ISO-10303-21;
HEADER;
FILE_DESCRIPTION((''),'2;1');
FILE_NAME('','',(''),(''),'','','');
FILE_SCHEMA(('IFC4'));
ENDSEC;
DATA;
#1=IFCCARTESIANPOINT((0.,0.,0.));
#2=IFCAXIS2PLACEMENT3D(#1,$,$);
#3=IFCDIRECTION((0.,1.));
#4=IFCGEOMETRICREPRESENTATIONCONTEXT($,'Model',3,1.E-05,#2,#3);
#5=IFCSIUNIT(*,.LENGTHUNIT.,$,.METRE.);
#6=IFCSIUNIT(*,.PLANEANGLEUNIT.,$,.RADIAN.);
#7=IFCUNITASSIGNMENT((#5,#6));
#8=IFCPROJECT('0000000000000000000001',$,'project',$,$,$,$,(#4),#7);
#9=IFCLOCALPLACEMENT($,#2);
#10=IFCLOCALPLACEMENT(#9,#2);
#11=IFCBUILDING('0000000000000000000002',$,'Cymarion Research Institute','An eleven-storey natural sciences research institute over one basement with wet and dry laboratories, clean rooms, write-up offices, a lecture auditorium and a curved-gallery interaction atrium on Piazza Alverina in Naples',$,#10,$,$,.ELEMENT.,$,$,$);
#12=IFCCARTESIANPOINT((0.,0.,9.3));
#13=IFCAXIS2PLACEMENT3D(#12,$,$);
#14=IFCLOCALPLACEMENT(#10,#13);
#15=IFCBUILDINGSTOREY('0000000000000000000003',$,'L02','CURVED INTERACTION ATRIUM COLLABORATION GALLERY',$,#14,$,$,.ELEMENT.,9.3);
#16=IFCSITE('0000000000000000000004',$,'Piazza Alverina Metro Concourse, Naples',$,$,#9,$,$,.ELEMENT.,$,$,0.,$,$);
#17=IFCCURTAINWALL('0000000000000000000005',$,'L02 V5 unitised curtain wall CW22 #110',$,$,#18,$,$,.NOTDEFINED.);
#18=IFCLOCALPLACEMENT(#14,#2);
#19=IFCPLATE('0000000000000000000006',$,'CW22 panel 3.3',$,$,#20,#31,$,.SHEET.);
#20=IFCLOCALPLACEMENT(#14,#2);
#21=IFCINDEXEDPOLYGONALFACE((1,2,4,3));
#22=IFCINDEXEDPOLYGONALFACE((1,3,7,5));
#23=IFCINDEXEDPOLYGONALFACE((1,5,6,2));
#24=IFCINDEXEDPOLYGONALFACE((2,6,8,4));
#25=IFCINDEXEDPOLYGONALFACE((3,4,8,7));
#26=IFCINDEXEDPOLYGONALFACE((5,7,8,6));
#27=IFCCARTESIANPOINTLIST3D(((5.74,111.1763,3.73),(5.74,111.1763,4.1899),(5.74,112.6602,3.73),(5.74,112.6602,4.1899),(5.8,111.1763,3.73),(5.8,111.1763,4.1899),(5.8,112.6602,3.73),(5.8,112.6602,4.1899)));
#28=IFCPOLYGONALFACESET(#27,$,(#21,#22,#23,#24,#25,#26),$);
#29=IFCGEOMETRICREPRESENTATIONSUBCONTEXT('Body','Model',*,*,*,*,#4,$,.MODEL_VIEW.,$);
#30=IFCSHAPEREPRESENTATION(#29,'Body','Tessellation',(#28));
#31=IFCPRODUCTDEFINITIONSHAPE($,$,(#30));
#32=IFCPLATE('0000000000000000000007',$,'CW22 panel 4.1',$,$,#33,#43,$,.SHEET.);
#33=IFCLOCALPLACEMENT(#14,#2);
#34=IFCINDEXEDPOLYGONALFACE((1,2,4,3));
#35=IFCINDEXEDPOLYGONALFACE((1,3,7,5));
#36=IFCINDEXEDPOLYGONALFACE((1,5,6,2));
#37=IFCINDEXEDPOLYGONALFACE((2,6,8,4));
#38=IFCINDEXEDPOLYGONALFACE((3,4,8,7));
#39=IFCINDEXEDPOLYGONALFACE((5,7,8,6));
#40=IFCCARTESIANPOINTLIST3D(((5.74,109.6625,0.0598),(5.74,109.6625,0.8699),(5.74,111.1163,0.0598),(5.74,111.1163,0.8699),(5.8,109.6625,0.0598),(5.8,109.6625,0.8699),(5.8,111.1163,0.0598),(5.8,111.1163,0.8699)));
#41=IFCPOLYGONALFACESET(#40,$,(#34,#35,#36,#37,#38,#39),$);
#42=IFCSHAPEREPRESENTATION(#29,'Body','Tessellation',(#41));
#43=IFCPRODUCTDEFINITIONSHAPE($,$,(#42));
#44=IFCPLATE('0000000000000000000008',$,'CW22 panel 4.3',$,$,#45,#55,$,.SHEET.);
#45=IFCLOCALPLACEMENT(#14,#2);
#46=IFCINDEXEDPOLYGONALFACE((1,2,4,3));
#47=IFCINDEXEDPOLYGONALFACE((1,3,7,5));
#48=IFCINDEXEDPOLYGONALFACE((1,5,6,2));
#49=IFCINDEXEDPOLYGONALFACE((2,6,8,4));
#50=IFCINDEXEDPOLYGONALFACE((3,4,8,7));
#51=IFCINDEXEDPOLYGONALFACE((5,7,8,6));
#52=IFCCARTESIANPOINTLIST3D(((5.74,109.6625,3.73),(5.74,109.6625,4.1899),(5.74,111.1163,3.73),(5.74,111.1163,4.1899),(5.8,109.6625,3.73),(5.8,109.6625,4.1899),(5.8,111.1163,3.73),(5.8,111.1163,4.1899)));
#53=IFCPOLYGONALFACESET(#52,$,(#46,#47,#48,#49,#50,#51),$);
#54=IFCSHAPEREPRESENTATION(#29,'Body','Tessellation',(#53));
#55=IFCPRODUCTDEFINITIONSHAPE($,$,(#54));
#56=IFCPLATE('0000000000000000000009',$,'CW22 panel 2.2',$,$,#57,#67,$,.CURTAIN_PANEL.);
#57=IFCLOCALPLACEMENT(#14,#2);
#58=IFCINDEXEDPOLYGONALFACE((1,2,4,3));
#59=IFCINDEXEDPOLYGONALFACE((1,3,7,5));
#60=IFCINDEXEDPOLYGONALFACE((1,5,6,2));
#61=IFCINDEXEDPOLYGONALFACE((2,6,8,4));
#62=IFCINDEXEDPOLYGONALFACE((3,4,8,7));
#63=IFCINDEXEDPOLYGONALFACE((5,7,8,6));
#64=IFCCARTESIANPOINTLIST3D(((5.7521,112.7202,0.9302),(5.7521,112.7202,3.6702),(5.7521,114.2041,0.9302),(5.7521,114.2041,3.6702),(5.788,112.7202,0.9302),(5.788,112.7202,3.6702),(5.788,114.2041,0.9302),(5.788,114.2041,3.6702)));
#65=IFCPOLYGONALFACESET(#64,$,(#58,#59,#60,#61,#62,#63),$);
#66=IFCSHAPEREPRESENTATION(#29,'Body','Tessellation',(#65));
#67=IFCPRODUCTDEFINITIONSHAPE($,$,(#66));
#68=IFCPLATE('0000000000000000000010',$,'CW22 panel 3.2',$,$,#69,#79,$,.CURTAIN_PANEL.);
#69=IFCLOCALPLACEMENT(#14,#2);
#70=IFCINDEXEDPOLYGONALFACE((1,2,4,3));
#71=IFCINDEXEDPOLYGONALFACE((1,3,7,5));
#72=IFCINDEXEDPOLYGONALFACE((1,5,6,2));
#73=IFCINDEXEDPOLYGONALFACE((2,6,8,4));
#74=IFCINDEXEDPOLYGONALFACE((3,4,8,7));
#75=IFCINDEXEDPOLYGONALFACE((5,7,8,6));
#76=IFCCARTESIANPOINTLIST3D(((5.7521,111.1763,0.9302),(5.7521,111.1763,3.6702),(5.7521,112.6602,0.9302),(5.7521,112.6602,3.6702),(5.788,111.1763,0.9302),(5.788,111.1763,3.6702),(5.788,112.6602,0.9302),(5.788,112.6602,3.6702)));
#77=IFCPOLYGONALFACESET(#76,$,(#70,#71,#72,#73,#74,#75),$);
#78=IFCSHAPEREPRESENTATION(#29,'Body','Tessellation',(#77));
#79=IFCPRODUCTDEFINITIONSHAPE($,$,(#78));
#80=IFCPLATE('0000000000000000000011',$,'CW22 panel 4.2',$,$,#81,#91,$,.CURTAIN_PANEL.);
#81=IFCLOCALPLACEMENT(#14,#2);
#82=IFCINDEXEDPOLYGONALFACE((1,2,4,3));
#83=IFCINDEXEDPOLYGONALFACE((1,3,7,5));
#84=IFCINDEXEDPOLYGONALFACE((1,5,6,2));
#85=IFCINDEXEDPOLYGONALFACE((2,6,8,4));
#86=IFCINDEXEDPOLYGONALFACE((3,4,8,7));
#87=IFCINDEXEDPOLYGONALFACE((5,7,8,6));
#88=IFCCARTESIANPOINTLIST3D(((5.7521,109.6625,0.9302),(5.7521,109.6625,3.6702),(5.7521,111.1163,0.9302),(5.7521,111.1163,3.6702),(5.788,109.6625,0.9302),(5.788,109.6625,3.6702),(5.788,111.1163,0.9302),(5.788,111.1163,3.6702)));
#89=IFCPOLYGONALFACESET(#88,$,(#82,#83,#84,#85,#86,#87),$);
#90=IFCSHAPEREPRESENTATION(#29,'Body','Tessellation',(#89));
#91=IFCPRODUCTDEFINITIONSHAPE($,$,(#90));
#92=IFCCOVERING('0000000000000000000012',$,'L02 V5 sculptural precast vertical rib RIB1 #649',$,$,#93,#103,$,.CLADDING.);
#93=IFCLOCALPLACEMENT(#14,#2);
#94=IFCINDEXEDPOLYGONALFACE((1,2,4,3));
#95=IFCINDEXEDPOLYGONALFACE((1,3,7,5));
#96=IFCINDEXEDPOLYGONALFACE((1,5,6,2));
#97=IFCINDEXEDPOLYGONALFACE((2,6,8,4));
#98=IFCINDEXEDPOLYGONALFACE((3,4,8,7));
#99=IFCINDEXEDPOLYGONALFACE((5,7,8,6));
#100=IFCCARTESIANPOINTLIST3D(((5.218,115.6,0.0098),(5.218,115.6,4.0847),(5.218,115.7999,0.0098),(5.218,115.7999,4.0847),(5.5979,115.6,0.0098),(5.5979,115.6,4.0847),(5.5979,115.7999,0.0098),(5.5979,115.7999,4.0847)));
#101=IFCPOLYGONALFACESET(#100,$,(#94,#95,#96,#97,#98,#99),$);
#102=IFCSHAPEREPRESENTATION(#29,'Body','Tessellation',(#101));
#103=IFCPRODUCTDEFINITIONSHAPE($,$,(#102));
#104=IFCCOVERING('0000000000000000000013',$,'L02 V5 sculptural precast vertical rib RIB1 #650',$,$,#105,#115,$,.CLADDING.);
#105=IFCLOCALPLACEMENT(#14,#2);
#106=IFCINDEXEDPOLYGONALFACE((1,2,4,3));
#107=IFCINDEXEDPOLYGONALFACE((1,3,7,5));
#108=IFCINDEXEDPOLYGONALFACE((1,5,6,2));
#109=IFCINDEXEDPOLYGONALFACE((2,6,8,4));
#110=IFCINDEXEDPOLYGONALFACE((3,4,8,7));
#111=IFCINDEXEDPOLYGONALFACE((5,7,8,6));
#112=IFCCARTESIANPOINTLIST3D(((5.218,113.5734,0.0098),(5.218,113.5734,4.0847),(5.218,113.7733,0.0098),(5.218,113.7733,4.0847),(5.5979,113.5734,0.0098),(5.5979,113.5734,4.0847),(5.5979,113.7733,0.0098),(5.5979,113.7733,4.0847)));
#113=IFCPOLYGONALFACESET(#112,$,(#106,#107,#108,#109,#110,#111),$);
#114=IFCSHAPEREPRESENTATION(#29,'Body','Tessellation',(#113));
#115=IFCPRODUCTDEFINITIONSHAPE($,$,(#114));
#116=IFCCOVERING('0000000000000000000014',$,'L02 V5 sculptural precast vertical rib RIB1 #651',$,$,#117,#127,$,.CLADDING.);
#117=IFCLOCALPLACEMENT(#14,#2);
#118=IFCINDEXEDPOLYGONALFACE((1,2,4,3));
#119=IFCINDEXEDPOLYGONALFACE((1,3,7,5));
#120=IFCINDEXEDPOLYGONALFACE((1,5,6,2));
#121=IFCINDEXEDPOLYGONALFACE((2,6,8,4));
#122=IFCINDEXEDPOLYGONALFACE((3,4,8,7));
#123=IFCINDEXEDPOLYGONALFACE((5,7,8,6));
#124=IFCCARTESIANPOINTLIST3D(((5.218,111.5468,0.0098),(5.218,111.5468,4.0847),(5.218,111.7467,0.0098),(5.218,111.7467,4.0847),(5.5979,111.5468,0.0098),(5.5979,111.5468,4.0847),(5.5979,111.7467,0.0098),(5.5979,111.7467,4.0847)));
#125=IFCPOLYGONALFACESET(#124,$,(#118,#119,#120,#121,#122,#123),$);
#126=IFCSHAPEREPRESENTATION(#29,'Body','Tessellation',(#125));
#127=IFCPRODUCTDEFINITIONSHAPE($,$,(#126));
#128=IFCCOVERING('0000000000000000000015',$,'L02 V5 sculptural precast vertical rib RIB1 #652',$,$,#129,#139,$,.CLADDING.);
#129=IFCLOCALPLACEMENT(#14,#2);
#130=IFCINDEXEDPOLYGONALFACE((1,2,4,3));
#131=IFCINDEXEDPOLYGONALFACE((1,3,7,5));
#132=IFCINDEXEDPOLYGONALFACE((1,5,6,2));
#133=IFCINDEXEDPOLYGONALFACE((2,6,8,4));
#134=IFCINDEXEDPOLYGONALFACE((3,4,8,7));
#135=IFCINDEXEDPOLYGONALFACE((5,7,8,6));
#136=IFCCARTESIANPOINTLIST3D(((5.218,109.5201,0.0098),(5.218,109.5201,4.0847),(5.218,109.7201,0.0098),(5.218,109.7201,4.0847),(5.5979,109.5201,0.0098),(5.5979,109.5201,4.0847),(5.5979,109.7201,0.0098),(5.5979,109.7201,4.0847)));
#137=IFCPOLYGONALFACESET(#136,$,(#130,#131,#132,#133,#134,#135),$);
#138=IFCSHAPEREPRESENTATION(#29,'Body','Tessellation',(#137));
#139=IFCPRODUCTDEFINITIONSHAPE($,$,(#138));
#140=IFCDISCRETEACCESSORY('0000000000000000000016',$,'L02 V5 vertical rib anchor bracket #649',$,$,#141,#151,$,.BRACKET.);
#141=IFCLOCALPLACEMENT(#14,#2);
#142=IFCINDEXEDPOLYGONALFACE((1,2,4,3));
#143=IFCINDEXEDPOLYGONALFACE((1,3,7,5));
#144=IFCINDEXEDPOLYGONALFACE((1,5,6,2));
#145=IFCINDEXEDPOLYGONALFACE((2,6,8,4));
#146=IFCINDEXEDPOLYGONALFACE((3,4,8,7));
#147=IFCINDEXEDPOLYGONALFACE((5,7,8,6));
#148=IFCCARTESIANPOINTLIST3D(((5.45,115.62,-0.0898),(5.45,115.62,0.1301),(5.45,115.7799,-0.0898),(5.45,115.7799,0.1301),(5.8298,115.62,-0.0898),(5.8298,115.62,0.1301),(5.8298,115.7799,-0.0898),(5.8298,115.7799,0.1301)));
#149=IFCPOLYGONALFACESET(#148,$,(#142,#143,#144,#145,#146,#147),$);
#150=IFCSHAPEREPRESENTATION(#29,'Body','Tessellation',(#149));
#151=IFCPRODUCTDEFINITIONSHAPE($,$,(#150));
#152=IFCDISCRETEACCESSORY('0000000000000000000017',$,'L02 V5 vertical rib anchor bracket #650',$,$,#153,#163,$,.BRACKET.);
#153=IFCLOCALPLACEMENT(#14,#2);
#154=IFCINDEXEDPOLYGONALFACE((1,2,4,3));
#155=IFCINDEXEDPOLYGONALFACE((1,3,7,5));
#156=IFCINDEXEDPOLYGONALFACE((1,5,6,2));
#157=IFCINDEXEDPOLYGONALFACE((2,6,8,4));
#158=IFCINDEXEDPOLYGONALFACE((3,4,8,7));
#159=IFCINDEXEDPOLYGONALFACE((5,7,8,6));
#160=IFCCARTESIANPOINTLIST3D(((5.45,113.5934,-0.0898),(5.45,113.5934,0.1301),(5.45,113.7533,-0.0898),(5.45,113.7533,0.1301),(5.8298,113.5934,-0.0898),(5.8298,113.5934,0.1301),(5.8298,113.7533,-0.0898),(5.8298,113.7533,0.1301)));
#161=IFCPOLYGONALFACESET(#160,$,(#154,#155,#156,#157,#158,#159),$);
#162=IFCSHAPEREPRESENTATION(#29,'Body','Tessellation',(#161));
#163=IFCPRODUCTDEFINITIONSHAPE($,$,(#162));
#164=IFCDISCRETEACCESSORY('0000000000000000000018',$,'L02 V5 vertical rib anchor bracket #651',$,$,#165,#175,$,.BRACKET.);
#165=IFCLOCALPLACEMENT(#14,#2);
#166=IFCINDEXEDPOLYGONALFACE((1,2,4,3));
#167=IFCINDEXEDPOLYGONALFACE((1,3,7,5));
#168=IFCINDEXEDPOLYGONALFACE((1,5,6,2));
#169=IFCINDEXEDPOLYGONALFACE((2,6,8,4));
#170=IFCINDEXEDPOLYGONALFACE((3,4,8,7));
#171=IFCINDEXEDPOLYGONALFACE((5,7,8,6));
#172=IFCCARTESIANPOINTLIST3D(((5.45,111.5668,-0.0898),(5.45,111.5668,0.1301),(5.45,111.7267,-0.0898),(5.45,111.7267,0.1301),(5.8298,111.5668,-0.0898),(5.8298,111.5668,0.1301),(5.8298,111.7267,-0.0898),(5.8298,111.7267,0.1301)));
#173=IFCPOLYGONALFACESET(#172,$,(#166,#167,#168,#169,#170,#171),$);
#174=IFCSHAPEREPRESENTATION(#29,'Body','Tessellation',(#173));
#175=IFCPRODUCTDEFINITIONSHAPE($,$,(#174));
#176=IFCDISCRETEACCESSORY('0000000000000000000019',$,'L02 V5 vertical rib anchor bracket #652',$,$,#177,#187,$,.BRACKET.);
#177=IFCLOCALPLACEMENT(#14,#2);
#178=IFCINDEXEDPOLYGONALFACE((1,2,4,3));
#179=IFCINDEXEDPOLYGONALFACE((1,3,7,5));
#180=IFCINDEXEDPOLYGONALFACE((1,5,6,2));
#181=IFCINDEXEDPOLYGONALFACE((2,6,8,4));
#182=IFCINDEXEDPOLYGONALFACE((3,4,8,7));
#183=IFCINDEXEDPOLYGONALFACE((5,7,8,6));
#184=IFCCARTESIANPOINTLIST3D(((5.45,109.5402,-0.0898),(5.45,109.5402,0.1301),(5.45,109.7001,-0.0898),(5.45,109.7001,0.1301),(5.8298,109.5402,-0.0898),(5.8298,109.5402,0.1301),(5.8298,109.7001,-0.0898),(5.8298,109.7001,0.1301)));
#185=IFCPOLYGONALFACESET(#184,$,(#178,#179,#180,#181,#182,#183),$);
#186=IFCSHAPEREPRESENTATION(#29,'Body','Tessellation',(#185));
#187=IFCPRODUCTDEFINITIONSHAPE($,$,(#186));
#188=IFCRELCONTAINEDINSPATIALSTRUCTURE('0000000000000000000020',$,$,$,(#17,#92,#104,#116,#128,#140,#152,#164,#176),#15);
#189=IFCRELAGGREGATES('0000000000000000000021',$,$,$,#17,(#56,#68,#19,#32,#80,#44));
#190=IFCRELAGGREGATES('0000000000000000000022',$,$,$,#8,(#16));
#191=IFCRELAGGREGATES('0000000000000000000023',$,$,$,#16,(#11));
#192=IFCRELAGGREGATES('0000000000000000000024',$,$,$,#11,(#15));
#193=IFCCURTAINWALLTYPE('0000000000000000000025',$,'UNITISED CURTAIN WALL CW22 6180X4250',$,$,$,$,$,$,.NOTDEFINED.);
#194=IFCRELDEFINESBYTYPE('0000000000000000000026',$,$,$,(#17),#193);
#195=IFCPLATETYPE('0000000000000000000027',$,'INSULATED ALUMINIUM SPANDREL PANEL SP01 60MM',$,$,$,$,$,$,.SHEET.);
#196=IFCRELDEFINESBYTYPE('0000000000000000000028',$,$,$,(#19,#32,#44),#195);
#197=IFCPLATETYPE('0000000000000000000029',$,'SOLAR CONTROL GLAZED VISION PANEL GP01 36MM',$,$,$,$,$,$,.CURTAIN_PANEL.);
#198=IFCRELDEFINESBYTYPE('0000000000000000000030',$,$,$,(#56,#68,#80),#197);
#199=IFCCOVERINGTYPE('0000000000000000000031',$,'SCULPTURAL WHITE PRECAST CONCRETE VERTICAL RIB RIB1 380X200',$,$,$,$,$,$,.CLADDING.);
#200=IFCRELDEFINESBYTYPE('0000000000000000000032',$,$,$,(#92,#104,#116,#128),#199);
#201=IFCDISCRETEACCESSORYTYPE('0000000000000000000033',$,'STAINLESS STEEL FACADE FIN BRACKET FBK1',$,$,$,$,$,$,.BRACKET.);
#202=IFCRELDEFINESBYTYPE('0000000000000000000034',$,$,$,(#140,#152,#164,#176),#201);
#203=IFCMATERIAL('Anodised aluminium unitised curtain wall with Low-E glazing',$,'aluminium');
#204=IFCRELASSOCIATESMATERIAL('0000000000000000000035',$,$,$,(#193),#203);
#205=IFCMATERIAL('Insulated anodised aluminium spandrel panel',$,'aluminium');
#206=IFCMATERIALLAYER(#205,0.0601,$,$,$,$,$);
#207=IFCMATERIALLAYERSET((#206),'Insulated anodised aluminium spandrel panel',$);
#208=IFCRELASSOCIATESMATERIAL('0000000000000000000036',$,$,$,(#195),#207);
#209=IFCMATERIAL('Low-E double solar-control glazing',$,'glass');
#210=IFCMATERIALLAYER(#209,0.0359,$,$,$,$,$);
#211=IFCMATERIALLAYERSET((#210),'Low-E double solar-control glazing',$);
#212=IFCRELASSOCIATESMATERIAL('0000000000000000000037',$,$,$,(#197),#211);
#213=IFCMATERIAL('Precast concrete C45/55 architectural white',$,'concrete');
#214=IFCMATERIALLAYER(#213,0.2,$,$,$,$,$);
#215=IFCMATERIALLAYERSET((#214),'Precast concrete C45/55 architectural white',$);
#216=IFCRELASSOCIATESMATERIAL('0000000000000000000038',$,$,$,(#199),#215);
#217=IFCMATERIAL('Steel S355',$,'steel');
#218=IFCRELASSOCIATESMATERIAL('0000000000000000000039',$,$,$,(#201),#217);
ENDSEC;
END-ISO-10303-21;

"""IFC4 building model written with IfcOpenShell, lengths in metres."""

from ifc_helpers import new_model, si_unit, direction, frame, origin, origin_2d, place, context, subcontext, project, spatial, rectangle, extrude, material, layer, layer_set, type_object, element, aggregate, save


model = new_model("IFC4")

# Units and contexts
model_context = context("Model", 3, precision=1e-05, world=origin(), true_north=direction((0.0, 1.0)))
body_context = subcontext(model_context, "Body", "Model", "MODEL_VIEW")
ifc_project = project(units=[si_unit("LENGTHUNIT", "METRE"), si_unit("PLANEANGLEUNIT", "RADIAN")], contexts=[model_context])

# Site, building, storey
site_placement = place(None, origin())
site = spatial("IfcSite", under=ifc_project, at=site_placement, Name="Piazza Alverina Metro Concourse, Naples", CompositionType="ELEMENT", RefElevation=0.0)
building_placement = place(site_placement, origin())
building = spatial("IfcBuilding", under=site, at=building_placement, Name="Cymarion Research Institute", Description="An eleven-storey natural sciences research institute over one basement with wet and dry laboratories, clean rooms, write-up offices, a lecture auditorium and a curved-gallery interaction atrium on Piazza Alverina in Naples", CompositionType="ELEMENT")
storey_placement = place(building_placement, frame((0.0, 0.0, 9.3)))
storey = spatial("IfcBuildingStorey", under=building, at=storey_placement, Name="L02", Description="CURVED INTERACTION ATRIUM COLLABORATION GALLERY", CompositionType="ELEMENT", Elevation=9.3)

# Curtain wall, plates
ifc_material_1 = material(Name="Anodised aluminium unitised curtain wall with Low-E glazing", Category="aluminium")
curtain_wall_type = type_object("IfcCurtainWallType", Name="UNITISED CURTAIN WALL CW22 6180X4250", PredefinedType="NOTDEFINED", material=ifc_material_1)
curtain_wall_placement = place(storey_placement, origin())
curtain_wall = element("IfcCurtainWall", 1, at=curtain_wall_placement, inside=storey, type_object=curtain_wall_type, Name="L02 V5 unitised curtain wall CW22 #110", PredefinedType="NOTDEFINED")
ifc_material_2 = material(Name="Insulated anodised aluminium spandrel panel", Category="aluminium")
ifc_layer_1 = layer(ifc_material_2, 0.0601)
ifc_layer_set_1 = layer_set([ifc_layer_1], Name="Insulated anodised aluminium spandrel panel")
plate_type_1 = type_object("IfcPlateType", Name="INSULATED ALUMINIUM SPANDREL PANEL SP01 60MM", PredefinedType="SHEET", material=ifc_layer_set_1)
plate_1_placement = place(storey_placement, frame((5.77, 111.9182, 3.73), z_axis=(0.0, 0.0, 1.0), x_axis=(0.0, -1.0, 0.0)))
plate_1 = element("IfcPlate", 2, at=plate_1_placement, type_object=plate_type_1, Name="CW22 panel 3.3", PredefinedType="SHEET", context=body_context, shape_type="SweptSolid", body=[
    extrude(rectangle(XDim=1.4839, YDim=0.0601, at=origin_2d()), origin(), (0.0, 0.0, 1.0), 0.46),
])
plate_2_placement = place(storey_placement, frame((5.77, 110.3894, 0.0598), z_axis=(0.0, 0.0, 1.0), x_axis=(0.0, -1.0, 0.0)))
plate_2 = element("IfcPlate", 3, at=plate_2_placement, type_object=plate_type_1, Name="CW22 panel 4.1", PredefinedType="SHEET", context=body_context, shape_type="SweptSolid", body=[
    extrude(rectangle(XDim=1.4539, YDim=0.0601, at=origin_2d()), origin(), (0.0, 0.0, 1.0), 0.8101),
])
plate_3_placement = place(storey_placement, frame((5.77, 110.3894, 3.73), z_axis=(0.0, 0.0, 1.0), x_axis=(0.0, -1.0, 0.0)))
plate_3 = element("IfcPlate", 4, at=plate_3_placement, type_object=plate_type_1, Name="CW22 panel 4.3", PredefinedType="SHEET", context=body_context, shape_type="SweptSolid", body=[
    extrude(rectangle(XDim=1.4539, YDim=0.0601, at=origin_2d()), origin(), (0.0, 0.0, 1.0), 0.46),
])
ifc_material_3 = material(Name="Low-E double solar-control glazing", Category="glass")
ifc_layer_2 = layer(ifc_material_3, 0.0359)
ifc_layer_set_2 = layer_set([ifc_layer_2], Name="Low-E double solar-control glazing")
plate_type_2 = type_object("IfcPlateType", Name="SOLAR CONTROL GLAZED VISION PANEL GP01 36MM", PredefinedType="CURTAIN_PANEL", material=ifc_layer_set_2)
plate_4_placement = place(storey_placement, frame((5.77, 113.4622, 0.9302), z_axis=(0.0, 0.0, 1.0), x_axis=(0.0, -1.0, 0.0)))
plate_4 = element("IfcPlate", 5, at=plate_4_placement, type_object=plate_type_2, Name="CW22 panel 2.2", PredefinedType="CURTAIN_PANEL", context=body_context, shape_type="SweptSolid", body=[
    extrude(rectangle(XDim=1.4839, YDim=0.0359, at=origin_2d()), origin(), (0.0, 0.0, 1.0), 2.74),
])
plate_5_placement = place(storey_placement, frame((5.77, 111.9182, 0.9302), z_axis=(0.0, 0.0, 1.0), x_axis=(0.0, -1.0, 0.0)))
plate_5 = element("IfcPlate", 6, at=plate_5_placement, type_object=plate_type_2, Name="CW22 panel 3.2", PredefinedType="CURTAIN_PANEL", context=body_context, shape_type="SweptSolid", body=[
    extrude(rectangle(XDim=1.4839, YDim=0.0359, at=origin_2d()), origin(), (0.0, 0.0, 1.0), 2.74),
])
plate_6_placement = place(storey_placement, frame((5.77, 110.3894, 0.9302), z_axis=(0.0, 0.0, 1.0), x_axis=(0.0, -1.0, 0.0)))
plate_6 = element("IfcPlate", 7, at=plate_6_placement, type_object=plate_type_2, Name="CW22 panel 4.2", PredefinedType="CURTAIN_PANEL", context=body_context, shape_type="SweptSolid", body=[
    extrude(rectangle(XDim=1.4539, YDim=0.0359, at=origin_2d()), origin(), (0.0, 0.0, 1.0), 2.74),
])
aggregate(curtain_wall, [plate_4, plate_5, plate_1, plate_2, plate_6, plate_3])

# Coverings
ifc_material_4 = material(Name="Precast concrete C45/55 architectural white", Category="concrete")
ifc_layer_3 = layer(ifc_material_4, 0.2)
ifc_layer_set_3 = layer_set([ifc_layer_3], Name="Precast concrete C45/55 architectural white")
covering_type = type_object("IfcCoveringType", Name="SCULPTURAL WHITE PRECAST CONCRETE VERTICAL RIB RIB1 380X200", PredefinedType="CLADDING", material=ifc_layer_set_3)
for number, where, z_axis, x_axis, name in (
    (8, (5.408, 115.7, 0.0098), (0.0, 0.0, 1.0), (-1.0, 0.0, 0.0), "L02 V5 sculptural precast vertical rib RIB1 #649"),
    (9, (5.408, 113.6733, 0.0098), (0.0, 0.0, 1.0), (-1.0, 0.0, 0.0), "L02 V5 sculptural precast vertical rib RIB1 #650"),
    (10, (5.408, 111.6467, 0.0098), (0.0, 0.0, 1.0), (-1.0, 0.0, 0.0), "L02 V5 sculptural precast vertical rib RIB1 #651"),
    (11, (5.408, 109.6201, 0.0098), (0.0, 0.0, 1.0), (-1.0, 0.0, 0.0), "L02 V5 sculptural precast vertical rib RIB1 #652"),
):
    element("IfcCovering", number, at=place(storey_placement, frame(where, z_axis=z_axis, x_axis=x_axis)), inside=storey, type_object=covering_type, Name=name, PredefinedType="CLADDING", context=body_context, shape_type="SweptSolid", body=[
        extrude(rectangle(XDim=0.3799, YDim=0.2, at=origin_2d()), origin(), (0.0, 0.0, 1.0), 4.075),
    ])

# Discrete accessories
ifc_material_5 = material(Name="Steel S355", Category="steel")
discrete_accessory_type = type_object("IfcDiscreteAccessoryType", Name="STAINLESS STEEL FACADE FIN BRACKET FBK1", PredefinedType="BRACKET", material=ifc_material_5)
for number, where, z_axis, x_axis, name in (
    (12, (5.6399, 115.7, -0.0898), (0.0, 0.0, 1.0), (-1.0, 0.0, 0.0), "L02 V5 vertical rib anchor bracket #649"),
    (13, (5.6399, 113.6733, -0.0898), (0.0, 0.0, 1.0), (-1.0, 0.0, 0.0), "L02 V5 vertical rib anchor bracket #650"),
    (14, (5.6399, 111.6467, -0.0898), (0.0, 0.0, 1.0), (-1.0, 0.0, 0.0), "L02 V5 vertical rib anchor bracket #651"),
    (15, (5.6399, 109.6201, -0.0898), (0.0, 0.0, 1.0), (-1.0, 0.0, 0.0), "L02 V5 vertical rib anchor bracket #652"),
):
    element("IfcDiscreteAccessory", number, at=place(storey_placement, frame(where, z_axis=z_axis, x_axis=x_axis)), inside=storey, type_object=discrete_accessory_type, Name=name, PredefinedType="BRACKET", context=body_context, shape_type="SweptSolid", body=[
        extrude(rectangle(XDim=0.3799, YDim=0.1599, at=origin_2d()), origin(), (0.0, 0.0, 1.0), 0.22),
    ])

save(model, "model.ifc")
